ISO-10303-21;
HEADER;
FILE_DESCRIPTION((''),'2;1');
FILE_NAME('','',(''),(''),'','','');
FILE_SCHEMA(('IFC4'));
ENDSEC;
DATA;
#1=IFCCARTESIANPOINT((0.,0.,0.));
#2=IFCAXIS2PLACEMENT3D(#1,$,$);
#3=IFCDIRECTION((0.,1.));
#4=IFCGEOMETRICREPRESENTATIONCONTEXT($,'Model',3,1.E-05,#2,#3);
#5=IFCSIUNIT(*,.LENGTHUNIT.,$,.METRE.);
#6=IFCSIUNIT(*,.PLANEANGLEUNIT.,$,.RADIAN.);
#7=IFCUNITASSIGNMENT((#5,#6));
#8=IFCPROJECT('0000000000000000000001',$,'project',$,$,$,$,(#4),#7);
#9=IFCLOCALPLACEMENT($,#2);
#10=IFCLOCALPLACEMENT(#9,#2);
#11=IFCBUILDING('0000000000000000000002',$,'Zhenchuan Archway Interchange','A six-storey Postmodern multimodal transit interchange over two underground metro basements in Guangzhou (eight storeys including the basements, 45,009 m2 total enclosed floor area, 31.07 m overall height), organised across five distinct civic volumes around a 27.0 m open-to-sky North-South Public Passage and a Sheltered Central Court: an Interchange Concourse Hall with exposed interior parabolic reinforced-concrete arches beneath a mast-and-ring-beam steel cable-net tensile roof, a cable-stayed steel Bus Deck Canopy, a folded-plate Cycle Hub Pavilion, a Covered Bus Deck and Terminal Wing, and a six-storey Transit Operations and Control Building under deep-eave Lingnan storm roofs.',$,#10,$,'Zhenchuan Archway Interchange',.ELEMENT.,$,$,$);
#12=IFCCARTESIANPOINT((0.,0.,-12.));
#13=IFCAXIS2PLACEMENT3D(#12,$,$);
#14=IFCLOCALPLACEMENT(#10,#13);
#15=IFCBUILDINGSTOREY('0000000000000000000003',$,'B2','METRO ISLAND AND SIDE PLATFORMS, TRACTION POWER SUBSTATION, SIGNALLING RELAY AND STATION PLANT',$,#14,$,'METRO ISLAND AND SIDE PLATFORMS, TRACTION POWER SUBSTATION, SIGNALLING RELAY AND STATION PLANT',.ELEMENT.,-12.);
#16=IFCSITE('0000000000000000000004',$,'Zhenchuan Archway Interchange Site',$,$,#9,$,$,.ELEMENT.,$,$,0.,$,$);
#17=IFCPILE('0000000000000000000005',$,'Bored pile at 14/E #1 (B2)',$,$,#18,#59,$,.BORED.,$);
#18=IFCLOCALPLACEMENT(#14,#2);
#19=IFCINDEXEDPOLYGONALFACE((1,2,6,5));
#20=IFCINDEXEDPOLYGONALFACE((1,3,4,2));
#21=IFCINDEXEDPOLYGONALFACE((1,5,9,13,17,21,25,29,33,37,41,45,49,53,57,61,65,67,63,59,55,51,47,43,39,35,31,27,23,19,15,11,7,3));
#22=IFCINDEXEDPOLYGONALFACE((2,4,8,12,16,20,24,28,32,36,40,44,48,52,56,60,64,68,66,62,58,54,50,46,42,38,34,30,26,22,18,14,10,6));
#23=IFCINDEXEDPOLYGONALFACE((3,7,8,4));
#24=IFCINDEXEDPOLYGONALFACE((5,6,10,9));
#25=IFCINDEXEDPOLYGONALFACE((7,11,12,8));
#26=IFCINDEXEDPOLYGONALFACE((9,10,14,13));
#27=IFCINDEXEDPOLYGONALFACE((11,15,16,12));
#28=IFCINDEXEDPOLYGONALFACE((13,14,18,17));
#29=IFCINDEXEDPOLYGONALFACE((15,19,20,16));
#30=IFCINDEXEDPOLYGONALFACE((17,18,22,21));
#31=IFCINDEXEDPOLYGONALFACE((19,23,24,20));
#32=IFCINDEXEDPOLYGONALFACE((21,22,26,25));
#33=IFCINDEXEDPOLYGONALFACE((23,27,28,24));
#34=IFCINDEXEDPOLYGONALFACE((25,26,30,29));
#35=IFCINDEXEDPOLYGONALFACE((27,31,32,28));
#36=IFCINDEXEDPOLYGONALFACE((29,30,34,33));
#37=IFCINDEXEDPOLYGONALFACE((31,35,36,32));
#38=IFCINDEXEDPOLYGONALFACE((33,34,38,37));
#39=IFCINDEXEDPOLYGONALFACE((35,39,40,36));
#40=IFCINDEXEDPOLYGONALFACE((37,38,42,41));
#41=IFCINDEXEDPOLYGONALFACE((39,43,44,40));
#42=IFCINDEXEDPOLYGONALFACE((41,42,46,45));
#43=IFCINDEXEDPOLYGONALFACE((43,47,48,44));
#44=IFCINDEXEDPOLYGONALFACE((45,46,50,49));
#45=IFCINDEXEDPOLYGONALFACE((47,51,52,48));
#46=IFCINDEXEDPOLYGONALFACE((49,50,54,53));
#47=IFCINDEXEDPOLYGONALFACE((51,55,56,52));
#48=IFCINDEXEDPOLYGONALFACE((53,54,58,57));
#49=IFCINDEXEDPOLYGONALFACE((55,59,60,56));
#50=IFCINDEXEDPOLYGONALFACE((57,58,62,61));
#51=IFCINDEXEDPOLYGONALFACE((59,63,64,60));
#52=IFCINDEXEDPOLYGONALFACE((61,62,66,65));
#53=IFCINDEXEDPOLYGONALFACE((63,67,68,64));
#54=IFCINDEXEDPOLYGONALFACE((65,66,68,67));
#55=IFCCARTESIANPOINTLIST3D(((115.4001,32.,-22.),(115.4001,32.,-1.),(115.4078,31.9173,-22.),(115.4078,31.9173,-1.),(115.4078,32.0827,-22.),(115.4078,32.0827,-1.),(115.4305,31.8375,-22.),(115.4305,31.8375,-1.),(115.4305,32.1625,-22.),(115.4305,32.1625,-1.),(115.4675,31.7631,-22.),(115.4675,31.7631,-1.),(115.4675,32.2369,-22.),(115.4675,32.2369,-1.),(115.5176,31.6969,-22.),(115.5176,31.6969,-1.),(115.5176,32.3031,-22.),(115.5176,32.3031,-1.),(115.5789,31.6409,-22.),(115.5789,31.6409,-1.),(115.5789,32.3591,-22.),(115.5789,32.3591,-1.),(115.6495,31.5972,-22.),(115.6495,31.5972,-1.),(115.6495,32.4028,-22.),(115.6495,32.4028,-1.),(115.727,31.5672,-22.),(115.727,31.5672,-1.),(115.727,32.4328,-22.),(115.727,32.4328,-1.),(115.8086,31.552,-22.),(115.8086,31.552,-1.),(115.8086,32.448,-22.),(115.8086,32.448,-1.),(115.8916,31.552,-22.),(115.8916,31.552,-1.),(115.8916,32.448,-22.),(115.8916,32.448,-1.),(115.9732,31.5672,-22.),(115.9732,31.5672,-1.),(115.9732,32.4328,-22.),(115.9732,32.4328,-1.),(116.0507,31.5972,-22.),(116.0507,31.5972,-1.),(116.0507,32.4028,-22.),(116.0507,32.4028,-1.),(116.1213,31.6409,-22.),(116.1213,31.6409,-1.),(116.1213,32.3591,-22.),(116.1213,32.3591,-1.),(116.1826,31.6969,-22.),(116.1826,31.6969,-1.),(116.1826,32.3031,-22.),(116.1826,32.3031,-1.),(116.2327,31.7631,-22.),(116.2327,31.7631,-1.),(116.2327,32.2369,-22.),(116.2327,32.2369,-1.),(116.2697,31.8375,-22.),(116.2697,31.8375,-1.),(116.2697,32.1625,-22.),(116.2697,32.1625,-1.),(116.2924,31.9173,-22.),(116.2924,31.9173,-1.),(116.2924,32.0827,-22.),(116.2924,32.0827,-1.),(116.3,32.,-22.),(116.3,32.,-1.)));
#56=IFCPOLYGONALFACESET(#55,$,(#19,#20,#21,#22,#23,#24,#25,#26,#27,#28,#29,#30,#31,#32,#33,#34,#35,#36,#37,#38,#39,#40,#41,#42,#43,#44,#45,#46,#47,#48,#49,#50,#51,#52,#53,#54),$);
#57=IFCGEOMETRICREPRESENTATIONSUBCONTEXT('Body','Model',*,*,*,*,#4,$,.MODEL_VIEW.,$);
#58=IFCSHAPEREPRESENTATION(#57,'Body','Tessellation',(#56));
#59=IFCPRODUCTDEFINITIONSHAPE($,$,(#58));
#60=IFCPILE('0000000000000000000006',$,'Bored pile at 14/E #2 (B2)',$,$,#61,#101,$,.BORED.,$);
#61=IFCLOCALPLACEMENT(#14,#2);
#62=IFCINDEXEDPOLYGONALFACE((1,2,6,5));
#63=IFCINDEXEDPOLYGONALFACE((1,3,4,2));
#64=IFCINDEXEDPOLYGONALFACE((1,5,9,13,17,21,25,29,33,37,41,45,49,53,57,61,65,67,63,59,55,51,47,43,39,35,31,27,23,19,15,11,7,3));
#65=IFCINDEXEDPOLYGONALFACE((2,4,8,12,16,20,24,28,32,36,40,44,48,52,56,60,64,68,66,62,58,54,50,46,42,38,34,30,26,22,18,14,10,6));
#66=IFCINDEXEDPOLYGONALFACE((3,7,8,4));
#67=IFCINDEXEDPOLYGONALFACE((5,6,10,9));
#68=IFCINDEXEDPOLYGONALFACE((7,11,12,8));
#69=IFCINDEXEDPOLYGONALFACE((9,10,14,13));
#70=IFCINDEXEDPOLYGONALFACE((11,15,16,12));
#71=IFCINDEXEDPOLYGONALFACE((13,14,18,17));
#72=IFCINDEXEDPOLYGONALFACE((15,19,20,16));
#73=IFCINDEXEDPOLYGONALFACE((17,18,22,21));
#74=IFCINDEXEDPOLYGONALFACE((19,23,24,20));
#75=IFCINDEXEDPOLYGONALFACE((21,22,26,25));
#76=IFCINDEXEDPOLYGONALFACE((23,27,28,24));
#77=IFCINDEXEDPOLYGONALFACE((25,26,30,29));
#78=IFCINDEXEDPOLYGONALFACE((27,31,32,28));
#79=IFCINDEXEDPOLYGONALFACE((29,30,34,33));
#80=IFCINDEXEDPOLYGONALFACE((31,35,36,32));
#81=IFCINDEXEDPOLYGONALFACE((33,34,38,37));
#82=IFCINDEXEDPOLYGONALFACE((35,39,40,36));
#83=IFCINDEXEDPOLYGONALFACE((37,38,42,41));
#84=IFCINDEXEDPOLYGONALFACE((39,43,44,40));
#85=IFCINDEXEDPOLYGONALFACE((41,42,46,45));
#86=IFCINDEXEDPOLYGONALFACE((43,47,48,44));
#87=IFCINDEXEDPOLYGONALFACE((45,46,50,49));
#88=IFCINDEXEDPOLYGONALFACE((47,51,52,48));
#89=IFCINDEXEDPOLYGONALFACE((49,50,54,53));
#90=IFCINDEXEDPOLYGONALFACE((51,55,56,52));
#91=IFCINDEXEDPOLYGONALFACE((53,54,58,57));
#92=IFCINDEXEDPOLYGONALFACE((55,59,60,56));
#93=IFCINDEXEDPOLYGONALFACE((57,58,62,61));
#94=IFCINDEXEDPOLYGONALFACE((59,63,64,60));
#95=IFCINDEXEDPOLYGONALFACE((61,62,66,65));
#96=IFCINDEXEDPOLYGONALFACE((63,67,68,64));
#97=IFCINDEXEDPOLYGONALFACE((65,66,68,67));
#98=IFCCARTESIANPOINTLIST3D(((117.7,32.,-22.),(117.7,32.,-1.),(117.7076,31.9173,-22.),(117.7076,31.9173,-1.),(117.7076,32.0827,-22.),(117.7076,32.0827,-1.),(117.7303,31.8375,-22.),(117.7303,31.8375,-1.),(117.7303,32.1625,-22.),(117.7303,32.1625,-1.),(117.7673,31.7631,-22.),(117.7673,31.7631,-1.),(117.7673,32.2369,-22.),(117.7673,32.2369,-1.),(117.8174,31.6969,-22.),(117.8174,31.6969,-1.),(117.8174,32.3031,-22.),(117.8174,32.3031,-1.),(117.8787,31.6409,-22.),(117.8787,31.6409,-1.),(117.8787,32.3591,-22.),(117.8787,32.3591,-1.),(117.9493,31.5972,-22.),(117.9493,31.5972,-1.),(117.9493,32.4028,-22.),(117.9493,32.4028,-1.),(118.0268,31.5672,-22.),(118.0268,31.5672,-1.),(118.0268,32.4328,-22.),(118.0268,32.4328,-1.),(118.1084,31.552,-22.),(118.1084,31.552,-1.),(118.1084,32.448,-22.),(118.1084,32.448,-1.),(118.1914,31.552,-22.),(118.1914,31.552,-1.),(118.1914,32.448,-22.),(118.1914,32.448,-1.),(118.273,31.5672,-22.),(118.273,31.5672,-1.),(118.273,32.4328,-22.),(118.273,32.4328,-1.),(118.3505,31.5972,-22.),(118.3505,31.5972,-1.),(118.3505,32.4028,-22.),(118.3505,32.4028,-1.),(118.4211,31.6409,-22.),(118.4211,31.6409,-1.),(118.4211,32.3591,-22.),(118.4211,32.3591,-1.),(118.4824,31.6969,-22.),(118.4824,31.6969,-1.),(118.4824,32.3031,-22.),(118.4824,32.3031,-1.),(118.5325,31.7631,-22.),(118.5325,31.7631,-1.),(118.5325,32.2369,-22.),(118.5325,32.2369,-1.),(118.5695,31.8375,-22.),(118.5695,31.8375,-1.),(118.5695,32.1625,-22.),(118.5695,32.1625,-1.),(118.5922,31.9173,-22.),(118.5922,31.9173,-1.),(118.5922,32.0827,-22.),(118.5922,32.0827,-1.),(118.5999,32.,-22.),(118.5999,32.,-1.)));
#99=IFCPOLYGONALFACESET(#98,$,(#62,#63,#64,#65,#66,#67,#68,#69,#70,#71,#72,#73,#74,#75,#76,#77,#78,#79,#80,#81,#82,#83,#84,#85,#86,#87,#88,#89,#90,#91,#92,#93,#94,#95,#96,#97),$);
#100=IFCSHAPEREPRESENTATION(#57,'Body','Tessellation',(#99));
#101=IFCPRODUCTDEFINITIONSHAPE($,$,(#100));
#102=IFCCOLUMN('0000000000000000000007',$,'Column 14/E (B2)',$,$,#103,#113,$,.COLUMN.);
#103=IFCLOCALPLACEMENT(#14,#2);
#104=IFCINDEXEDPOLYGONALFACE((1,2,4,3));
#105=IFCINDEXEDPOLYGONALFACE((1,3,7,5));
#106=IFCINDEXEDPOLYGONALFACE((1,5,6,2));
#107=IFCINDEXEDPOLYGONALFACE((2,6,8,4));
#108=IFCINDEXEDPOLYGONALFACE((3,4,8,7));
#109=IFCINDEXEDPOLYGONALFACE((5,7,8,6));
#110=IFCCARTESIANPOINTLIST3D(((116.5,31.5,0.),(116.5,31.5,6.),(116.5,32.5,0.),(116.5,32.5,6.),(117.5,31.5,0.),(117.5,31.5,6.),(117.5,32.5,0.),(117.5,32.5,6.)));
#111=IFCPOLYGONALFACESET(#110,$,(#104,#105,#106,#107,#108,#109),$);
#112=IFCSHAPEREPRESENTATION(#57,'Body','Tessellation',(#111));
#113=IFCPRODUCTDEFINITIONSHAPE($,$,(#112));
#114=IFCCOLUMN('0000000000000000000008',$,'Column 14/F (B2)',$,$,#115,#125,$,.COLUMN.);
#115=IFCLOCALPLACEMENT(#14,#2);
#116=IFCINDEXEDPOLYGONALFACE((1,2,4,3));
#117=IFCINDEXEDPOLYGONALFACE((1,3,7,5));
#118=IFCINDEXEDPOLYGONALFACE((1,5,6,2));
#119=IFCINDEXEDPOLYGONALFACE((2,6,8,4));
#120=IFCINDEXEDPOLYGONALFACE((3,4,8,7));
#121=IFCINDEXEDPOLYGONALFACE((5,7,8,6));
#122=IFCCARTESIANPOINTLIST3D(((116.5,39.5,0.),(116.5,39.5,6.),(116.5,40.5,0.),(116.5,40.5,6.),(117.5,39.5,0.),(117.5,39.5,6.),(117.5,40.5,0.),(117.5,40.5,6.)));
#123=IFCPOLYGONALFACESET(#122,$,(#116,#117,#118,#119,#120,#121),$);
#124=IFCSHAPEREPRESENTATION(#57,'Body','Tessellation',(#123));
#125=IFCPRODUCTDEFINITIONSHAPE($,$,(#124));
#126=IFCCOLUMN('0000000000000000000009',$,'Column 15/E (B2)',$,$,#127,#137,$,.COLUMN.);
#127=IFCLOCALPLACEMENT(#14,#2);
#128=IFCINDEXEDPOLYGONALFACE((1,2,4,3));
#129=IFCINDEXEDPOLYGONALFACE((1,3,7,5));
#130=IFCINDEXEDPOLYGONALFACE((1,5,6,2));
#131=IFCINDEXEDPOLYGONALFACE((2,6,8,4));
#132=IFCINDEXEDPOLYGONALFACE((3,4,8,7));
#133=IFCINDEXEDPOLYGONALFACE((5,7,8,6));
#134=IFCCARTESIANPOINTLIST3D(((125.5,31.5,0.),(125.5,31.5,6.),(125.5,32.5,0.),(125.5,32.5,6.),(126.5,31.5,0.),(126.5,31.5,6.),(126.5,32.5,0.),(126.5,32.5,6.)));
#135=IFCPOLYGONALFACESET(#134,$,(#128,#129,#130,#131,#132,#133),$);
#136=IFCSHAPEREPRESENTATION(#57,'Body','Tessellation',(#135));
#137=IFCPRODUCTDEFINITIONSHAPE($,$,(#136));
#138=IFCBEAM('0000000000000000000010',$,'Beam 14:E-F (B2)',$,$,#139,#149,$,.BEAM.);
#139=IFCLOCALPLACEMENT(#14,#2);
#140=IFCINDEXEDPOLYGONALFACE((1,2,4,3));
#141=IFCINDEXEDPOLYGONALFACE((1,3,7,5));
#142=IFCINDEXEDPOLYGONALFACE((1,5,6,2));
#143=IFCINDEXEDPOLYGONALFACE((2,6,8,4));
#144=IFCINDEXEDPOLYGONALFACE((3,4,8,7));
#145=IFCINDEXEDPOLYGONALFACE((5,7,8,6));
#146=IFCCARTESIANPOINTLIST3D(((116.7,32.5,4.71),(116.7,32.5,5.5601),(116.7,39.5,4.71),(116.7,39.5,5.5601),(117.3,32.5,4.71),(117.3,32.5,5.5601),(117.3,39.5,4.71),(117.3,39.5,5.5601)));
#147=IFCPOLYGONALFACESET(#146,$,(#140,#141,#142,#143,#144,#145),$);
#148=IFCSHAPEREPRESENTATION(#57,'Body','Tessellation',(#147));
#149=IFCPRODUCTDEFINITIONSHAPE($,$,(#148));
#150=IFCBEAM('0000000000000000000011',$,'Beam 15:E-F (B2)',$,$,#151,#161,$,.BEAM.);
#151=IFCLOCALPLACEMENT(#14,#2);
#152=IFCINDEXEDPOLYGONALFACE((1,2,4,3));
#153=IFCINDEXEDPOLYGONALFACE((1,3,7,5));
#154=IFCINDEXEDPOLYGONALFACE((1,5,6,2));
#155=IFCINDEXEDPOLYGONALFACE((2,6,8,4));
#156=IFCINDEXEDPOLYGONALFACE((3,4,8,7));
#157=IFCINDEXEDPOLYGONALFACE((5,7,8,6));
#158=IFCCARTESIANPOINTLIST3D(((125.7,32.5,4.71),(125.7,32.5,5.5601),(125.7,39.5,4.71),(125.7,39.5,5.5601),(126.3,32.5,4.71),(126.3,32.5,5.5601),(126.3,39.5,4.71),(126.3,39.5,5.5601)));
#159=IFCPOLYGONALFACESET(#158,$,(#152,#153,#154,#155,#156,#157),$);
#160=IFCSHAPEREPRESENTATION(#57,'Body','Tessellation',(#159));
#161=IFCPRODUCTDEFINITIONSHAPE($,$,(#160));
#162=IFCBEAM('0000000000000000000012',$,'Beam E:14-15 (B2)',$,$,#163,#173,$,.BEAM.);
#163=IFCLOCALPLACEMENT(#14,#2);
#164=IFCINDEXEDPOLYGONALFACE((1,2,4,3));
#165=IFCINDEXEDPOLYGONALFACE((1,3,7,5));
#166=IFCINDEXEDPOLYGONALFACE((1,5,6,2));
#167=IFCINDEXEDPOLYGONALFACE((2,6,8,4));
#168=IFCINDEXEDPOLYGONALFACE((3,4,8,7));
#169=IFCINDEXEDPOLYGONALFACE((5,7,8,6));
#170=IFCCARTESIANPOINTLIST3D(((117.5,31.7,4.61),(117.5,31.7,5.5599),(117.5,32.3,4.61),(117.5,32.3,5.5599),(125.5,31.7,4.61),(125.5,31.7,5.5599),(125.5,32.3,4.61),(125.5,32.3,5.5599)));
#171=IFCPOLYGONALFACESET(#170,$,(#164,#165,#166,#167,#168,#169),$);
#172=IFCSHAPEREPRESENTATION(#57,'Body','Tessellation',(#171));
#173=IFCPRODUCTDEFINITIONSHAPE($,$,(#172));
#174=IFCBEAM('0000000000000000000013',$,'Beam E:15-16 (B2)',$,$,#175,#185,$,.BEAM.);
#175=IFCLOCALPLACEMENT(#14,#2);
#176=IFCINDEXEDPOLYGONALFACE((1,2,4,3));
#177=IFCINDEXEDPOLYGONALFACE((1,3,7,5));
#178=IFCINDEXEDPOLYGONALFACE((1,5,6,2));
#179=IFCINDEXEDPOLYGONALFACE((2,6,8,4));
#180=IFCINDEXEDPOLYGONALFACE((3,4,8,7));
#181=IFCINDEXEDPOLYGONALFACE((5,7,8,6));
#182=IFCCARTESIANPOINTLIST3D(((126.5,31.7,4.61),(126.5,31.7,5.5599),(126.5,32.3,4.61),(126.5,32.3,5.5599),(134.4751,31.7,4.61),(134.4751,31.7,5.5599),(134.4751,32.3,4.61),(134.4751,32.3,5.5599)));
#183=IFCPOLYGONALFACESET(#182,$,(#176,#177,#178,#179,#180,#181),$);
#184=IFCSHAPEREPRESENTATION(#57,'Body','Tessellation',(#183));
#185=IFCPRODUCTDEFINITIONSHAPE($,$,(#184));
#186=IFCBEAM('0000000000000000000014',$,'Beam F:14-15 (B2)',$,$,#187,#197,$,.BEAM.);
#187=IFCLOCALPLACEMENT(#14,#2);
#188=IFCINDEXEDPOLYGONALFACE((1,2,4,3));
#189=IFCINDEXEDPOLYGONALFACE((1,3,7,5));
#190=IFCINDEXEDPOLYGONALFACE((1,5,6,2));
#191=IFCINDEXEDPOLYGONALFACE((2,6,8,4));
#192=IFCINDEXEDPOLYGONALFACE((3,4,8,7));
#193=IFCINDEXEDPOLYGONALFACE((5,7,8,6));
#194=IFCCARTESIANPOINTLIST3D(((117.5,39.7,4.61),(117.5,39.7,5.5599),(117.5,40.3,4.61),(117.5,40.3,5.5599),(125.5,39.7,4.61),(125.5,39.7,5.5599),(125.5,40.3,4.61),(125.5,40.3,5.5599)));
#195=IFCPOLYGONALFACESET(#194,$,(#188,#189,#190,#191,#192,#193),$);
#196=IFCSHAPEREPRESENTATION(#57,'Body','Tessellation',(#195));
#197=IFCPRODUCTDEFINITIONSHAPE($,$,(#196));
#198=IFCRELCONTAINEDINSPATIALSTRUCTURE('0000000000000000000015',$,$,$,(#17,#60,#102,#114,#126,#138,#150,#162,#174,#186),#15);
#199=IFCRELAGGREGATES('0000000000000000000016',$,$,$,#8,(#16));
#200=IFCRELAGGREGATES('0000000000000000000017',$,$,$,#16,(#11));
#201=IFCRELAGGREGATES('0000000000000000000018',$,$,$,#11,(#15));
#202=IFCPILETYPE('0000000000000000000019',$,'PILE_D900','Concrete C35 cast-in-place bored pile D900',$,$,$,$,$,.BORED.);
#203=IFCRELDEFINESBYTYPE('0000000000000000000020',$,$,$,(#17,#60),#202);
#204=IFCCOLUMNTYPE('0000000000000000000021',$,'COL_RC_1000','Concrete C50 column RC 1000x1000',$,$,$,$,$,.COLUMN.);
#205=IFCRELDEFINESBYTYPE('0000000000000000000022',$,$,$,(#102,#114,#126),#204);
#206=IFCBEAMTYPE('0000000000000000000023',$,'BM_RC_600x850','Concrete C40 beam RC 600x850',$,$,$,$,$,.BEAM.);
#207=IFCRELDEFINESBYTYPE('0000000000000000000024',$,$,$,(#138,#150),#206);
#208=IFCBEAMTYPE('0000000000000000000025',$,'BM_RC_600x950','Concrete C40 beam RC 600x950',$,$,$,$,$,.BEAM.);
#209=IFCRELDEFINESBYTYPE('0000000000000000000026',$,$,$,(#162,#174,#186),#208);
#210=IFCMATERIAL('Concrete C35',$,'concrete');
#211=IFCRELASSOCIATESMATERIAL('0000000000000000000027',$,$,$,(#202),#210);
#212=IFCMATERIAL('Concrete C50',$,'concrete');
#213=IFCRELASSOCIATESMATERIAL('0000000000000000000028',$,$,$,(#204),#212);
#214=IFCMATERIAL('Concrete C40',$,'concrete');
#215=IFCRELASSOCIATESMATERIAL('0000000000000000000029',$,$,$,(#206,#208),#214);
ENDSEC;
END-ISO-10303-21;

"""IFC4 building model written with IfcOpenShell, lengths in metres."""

from ifc_helpers import new_model, si_unit, direction, frame, origin, origin_2d, place, context, subcontext, project, spatial, rectangle, circle, extrude, material, material_profile, profile_set, type_object, element, save


model = new_model("IFC4")

# Units and contexts
model_context = context("Model", 3, precision=1e-05, world=origin(), true_north=direction((0.0, 1.0)))
body_context = subcontext(model_context, "Body", "Model", "MODEL_VIEW")
ifc_project = project(units=[si_unit("LENGTHUNIT", "METRE"), si_unit("PLANEANGLEUNIT", "RADIAN")], contexts=[model_context])

# Site, building, storey
site_placement = place(None, origin())
site = spatial("IfcSite", under=ifc_project, at=site_placement, Name="Zhenchuan Archway Interchange Site", CompositionType="ELEMENT", RefElevation=0.0)
building_placement = place(site_placement, origin())
building = spatial("IfcBuilding", under=site, at=building_placement, Name="Zhenchuan Archway Interchange", Description="A six-storey Postmodern multimodal transit interchange over two underground metro basements in Guangzhou (eight storeys including the basements, 45,009 m2 total enclosed floor area, 31.07 m overall height), organised across five distinct civic volumes around a 27.0 m open-to-sky North-South Public Passage and a Sheltered Central Court: an Interchange Concourse Hall with exposed interior parabolic reinforced-concrete arches beneath a mast-and-ring-beam steel cable-net tensile roof, a cable-stayed steel Bus Deck Canopy, a folded-plate Cycle Hub Pavilion, a Covered Bus Deck and Terminal Wing, and a six-storey Transit Operations and Control Building under deep-eave Lingnan storm roofs.", LongName="Zhenchuan Archway Interchange", CompositionType="ELEMENT")
storey_placement = place(building_placement, frame((0.0, 0.0, -12.0)))
storey = spatial("IfcBuildingStorey", under=building, at=storey_placement, Name="B2", Description="METRO ISLAND AND SIDE PLATFORMS, TRACTION POWER SUBSTATION, SIGNALLING RELAY AND STATION PLANT", LongName="METRO ISLAND AND SIDE PLATFORMS, TRACTION POWER SUBSTATION, SIGNALLING RELAY AND STATION PLANT", CompositionType="ELEMENT", Elevation=-12.0)

# Shared definitions
ifc_material_1 = material(Name="Concrete C40", Category="concrete")

# Piles
ifc_material_2 = material(Name="Concrete C35", Category="concrete")
ifc_material_profile_1 = material_profile(ifc_material_2, circle(Radius=0.45, at=origin_2d()), Name="BORED PILE 900")
ifc_profile_set_1 = profile_set([ifc_material_profile_1], Name="Concrete C35")
pile_type_1 = type_object("IfcPileType", Name="PILE_D900", Description="Concrete C35 cast-in-place bored pile D900", PredefinedType="BORED", material=ifc_profile_set_1)
for number, where, z_axis, x_axis, name in (
    (1, (115.8501, 32.0, -1.0), (0.0, 0.0, -1.0), (1.0, 0.0, 0.0), "Bored pile at 14/E #1 (B2)"),
    (2, (118.1499, 32.0, -1.0), (0.0, 0.0, -1.0), (1.0, 0.0, 0.0), "Bored pile at 14/E #2 (B2)"),
):
    element("IfcPile", number, at=place(storey_placement, frame(where, z_axis=z_axis, x_axis=x_axis)), inside=storey, type_object=pile_type_1, Name=name, PredefinedType="BORED", context=body_context, shape_type="SweptSolid", body=[
        extrude(circle(Radius=0.45, at=origin_2d()), origin(), (0.0, 0.0, 1.0), 21.0),
    ])

# Columns
ifc_material_3 = material(Name="Concrete C50", Category="concrete")
ifc_material_profile_2 = material_profile(ifc_material_3, rectangle(XDim=1.0, YDim=1.0, at=origin_2d()), Name="RC 1000x1000")
ifc_profile_set_2 = profile_set([ifc_material_profile_2], Name="Concrete C50")
column_type = type_object("IfcColumnType", Name="COL_RC_1000", Description="Concrete C50 column RC 1000x1000", PredefinedType="COLUMN", material=ifc_profile_set_2)
for number, where, z_axis, x_axis, name in (
    (3, (117.0, 32.0, 0.0), (0.0, 0.0, 1.0), (1.0, 0.0, 0.0), "Column 14/E (B2)"),
    (4, (117.0, 40.0, 0.0), (0.0, 0.0, 1.0), (1.0, 0.0, 0.0), "Column 14/F (B2)"),
    (5, (126.0, 32.0, 0.0), (0.0, 0.0, 1.0), (1.0, 0.0, 0.0), "Column 15/E (B2)"),
):
    element("IfcColumn", number, at=place(storey_placement, frame(where, z_axis=z_axis, x_axis=x_axis)), inside=storey, type_object=column_type, Name=name, PredefinedType="COLUMN", context=body_context, shape_type="SweptSolid", body=[
        extrude(rectangle(XDim=1.0, YDim=1.0, at=origin_2d()), origin(), (0.0, 0.0, 1.0), 6.0),
    ])

# Beams
ifc_material_profile_3 = material_profile(ifc_material_1, rectangle(XDim=0.6001, YDim=0.8501, at=origin_2d()), Name="RC 600x850")
ifc_profile_set_3 = profile_set([ifc_material_profile_3], Name="Concrete C40")
beam_type_1 = type_object("IfcBeamType", Name="BM_RC_600x850", Description="Concrete C40 beam RC 600x850", PredefinedType="BEAM", material=ifc_profile_set_3)
for number, where, z_axis, x_axis, name in (
    (6, (117.0, 32.5, 5.135), (0.0, 1.0, 0.0), (-1.0, 0.0, 0.0), "Beam 14:E-F (B2)"),
    (7, (126.0, 32.5, 5.135), (0.0, 1.0, 0.0), (-1.0, 0.0, 0.0), "Beam 15:E-F (B2)"),
):
    element("IfcBeam", number, at=place(storey_placement, frame(where, z_axis=z_axis, x_axis=x_axis)), inside=storey, type_object=beam_type_1, Name=name, PredefinedType="BEAM", context=body_context, shape_type="SweptSolid", body=[
        extrude(rectangle(XDim=0.6001, YDim=0.8501, at=origin_2d()), origin(), (0.0, 0.0, 1.0), 7.0),
    ])
ifc_material_profile_4 = material_profile(ifc_material_1, rectangle(XDim=0.6001, YDim=0.95, at=origin_2d()), Name="RC 600x950")
ifc_profile_set_4 = profile_set([ifc_material_profile_4], Name="Concrete C40")
beam_type_2 = type_object("IfcBeamType", Name="BM_RC_600x950", Description="Concrete C40 beam RC 600x950", PredefinedType="BEAM", material=ifc_profile_set_4)
beam_1_placement = place(storey_placement, frame((117.5, 32.0, 5.085), z_axis=(1.0, 0.0, 0.0), x_axis=(0.0, 1.0, 0.0)))
element("IfcBeam", 8, at=beam_1_placement, inside=storey, type_object=beam_type_2, Name="Beam E:14-15 (B2)", PredefinedType="BEAM", context=body_context, shape_type="SweptSolid", body=[
    extrude(rectangle(XDim=0.6001, YDim=0.95, at=origin_2d()), origin(), (0.0, 0.0, 1.0), 8.0),
])
beam_2_placement = place(storey_placement, frame((126.5, 32.0, 5.085), z_axis=(1.0, 0.0, 0.0), x_axis=(0.0, 1.0, 0.0)))
element("IfcBeam", 9, at=beam_2_placement, inside=storey, type_object=beam_type_2, Name="Beam E:15-16 (B2)", PredefinedType="BEAM", context=body_context, shape_type="SweptSolid", body=[
    extrude(rectangle(XDim=0.6001, YDim=0.95, at=origin_2d()), origin(), (0.0, 0.0, 1.0), 7.9751),
])
beam_3_placement = place(storey_placement, frame((117.5, 40.0, 5.085), z_axis=(1.0, 0.0, 0.0), x_axis=(0.0, 1.0, 0.0)))
element("IfcBeam", 10, at=beam_3_placement, inside=storey, type_object=beam_type_2, Name="Beam F:14-15 (B2)", PredefinedType="BEAM", context=body_context, shape_type="SweptSolid", body=[
    extrude(rectangle(XDim=0.6001, YDim=0.95, at=origin_2d()), origin(), (0.0, 0.0, 1.0), 8.0),
])

save(model, "model.ifc")
